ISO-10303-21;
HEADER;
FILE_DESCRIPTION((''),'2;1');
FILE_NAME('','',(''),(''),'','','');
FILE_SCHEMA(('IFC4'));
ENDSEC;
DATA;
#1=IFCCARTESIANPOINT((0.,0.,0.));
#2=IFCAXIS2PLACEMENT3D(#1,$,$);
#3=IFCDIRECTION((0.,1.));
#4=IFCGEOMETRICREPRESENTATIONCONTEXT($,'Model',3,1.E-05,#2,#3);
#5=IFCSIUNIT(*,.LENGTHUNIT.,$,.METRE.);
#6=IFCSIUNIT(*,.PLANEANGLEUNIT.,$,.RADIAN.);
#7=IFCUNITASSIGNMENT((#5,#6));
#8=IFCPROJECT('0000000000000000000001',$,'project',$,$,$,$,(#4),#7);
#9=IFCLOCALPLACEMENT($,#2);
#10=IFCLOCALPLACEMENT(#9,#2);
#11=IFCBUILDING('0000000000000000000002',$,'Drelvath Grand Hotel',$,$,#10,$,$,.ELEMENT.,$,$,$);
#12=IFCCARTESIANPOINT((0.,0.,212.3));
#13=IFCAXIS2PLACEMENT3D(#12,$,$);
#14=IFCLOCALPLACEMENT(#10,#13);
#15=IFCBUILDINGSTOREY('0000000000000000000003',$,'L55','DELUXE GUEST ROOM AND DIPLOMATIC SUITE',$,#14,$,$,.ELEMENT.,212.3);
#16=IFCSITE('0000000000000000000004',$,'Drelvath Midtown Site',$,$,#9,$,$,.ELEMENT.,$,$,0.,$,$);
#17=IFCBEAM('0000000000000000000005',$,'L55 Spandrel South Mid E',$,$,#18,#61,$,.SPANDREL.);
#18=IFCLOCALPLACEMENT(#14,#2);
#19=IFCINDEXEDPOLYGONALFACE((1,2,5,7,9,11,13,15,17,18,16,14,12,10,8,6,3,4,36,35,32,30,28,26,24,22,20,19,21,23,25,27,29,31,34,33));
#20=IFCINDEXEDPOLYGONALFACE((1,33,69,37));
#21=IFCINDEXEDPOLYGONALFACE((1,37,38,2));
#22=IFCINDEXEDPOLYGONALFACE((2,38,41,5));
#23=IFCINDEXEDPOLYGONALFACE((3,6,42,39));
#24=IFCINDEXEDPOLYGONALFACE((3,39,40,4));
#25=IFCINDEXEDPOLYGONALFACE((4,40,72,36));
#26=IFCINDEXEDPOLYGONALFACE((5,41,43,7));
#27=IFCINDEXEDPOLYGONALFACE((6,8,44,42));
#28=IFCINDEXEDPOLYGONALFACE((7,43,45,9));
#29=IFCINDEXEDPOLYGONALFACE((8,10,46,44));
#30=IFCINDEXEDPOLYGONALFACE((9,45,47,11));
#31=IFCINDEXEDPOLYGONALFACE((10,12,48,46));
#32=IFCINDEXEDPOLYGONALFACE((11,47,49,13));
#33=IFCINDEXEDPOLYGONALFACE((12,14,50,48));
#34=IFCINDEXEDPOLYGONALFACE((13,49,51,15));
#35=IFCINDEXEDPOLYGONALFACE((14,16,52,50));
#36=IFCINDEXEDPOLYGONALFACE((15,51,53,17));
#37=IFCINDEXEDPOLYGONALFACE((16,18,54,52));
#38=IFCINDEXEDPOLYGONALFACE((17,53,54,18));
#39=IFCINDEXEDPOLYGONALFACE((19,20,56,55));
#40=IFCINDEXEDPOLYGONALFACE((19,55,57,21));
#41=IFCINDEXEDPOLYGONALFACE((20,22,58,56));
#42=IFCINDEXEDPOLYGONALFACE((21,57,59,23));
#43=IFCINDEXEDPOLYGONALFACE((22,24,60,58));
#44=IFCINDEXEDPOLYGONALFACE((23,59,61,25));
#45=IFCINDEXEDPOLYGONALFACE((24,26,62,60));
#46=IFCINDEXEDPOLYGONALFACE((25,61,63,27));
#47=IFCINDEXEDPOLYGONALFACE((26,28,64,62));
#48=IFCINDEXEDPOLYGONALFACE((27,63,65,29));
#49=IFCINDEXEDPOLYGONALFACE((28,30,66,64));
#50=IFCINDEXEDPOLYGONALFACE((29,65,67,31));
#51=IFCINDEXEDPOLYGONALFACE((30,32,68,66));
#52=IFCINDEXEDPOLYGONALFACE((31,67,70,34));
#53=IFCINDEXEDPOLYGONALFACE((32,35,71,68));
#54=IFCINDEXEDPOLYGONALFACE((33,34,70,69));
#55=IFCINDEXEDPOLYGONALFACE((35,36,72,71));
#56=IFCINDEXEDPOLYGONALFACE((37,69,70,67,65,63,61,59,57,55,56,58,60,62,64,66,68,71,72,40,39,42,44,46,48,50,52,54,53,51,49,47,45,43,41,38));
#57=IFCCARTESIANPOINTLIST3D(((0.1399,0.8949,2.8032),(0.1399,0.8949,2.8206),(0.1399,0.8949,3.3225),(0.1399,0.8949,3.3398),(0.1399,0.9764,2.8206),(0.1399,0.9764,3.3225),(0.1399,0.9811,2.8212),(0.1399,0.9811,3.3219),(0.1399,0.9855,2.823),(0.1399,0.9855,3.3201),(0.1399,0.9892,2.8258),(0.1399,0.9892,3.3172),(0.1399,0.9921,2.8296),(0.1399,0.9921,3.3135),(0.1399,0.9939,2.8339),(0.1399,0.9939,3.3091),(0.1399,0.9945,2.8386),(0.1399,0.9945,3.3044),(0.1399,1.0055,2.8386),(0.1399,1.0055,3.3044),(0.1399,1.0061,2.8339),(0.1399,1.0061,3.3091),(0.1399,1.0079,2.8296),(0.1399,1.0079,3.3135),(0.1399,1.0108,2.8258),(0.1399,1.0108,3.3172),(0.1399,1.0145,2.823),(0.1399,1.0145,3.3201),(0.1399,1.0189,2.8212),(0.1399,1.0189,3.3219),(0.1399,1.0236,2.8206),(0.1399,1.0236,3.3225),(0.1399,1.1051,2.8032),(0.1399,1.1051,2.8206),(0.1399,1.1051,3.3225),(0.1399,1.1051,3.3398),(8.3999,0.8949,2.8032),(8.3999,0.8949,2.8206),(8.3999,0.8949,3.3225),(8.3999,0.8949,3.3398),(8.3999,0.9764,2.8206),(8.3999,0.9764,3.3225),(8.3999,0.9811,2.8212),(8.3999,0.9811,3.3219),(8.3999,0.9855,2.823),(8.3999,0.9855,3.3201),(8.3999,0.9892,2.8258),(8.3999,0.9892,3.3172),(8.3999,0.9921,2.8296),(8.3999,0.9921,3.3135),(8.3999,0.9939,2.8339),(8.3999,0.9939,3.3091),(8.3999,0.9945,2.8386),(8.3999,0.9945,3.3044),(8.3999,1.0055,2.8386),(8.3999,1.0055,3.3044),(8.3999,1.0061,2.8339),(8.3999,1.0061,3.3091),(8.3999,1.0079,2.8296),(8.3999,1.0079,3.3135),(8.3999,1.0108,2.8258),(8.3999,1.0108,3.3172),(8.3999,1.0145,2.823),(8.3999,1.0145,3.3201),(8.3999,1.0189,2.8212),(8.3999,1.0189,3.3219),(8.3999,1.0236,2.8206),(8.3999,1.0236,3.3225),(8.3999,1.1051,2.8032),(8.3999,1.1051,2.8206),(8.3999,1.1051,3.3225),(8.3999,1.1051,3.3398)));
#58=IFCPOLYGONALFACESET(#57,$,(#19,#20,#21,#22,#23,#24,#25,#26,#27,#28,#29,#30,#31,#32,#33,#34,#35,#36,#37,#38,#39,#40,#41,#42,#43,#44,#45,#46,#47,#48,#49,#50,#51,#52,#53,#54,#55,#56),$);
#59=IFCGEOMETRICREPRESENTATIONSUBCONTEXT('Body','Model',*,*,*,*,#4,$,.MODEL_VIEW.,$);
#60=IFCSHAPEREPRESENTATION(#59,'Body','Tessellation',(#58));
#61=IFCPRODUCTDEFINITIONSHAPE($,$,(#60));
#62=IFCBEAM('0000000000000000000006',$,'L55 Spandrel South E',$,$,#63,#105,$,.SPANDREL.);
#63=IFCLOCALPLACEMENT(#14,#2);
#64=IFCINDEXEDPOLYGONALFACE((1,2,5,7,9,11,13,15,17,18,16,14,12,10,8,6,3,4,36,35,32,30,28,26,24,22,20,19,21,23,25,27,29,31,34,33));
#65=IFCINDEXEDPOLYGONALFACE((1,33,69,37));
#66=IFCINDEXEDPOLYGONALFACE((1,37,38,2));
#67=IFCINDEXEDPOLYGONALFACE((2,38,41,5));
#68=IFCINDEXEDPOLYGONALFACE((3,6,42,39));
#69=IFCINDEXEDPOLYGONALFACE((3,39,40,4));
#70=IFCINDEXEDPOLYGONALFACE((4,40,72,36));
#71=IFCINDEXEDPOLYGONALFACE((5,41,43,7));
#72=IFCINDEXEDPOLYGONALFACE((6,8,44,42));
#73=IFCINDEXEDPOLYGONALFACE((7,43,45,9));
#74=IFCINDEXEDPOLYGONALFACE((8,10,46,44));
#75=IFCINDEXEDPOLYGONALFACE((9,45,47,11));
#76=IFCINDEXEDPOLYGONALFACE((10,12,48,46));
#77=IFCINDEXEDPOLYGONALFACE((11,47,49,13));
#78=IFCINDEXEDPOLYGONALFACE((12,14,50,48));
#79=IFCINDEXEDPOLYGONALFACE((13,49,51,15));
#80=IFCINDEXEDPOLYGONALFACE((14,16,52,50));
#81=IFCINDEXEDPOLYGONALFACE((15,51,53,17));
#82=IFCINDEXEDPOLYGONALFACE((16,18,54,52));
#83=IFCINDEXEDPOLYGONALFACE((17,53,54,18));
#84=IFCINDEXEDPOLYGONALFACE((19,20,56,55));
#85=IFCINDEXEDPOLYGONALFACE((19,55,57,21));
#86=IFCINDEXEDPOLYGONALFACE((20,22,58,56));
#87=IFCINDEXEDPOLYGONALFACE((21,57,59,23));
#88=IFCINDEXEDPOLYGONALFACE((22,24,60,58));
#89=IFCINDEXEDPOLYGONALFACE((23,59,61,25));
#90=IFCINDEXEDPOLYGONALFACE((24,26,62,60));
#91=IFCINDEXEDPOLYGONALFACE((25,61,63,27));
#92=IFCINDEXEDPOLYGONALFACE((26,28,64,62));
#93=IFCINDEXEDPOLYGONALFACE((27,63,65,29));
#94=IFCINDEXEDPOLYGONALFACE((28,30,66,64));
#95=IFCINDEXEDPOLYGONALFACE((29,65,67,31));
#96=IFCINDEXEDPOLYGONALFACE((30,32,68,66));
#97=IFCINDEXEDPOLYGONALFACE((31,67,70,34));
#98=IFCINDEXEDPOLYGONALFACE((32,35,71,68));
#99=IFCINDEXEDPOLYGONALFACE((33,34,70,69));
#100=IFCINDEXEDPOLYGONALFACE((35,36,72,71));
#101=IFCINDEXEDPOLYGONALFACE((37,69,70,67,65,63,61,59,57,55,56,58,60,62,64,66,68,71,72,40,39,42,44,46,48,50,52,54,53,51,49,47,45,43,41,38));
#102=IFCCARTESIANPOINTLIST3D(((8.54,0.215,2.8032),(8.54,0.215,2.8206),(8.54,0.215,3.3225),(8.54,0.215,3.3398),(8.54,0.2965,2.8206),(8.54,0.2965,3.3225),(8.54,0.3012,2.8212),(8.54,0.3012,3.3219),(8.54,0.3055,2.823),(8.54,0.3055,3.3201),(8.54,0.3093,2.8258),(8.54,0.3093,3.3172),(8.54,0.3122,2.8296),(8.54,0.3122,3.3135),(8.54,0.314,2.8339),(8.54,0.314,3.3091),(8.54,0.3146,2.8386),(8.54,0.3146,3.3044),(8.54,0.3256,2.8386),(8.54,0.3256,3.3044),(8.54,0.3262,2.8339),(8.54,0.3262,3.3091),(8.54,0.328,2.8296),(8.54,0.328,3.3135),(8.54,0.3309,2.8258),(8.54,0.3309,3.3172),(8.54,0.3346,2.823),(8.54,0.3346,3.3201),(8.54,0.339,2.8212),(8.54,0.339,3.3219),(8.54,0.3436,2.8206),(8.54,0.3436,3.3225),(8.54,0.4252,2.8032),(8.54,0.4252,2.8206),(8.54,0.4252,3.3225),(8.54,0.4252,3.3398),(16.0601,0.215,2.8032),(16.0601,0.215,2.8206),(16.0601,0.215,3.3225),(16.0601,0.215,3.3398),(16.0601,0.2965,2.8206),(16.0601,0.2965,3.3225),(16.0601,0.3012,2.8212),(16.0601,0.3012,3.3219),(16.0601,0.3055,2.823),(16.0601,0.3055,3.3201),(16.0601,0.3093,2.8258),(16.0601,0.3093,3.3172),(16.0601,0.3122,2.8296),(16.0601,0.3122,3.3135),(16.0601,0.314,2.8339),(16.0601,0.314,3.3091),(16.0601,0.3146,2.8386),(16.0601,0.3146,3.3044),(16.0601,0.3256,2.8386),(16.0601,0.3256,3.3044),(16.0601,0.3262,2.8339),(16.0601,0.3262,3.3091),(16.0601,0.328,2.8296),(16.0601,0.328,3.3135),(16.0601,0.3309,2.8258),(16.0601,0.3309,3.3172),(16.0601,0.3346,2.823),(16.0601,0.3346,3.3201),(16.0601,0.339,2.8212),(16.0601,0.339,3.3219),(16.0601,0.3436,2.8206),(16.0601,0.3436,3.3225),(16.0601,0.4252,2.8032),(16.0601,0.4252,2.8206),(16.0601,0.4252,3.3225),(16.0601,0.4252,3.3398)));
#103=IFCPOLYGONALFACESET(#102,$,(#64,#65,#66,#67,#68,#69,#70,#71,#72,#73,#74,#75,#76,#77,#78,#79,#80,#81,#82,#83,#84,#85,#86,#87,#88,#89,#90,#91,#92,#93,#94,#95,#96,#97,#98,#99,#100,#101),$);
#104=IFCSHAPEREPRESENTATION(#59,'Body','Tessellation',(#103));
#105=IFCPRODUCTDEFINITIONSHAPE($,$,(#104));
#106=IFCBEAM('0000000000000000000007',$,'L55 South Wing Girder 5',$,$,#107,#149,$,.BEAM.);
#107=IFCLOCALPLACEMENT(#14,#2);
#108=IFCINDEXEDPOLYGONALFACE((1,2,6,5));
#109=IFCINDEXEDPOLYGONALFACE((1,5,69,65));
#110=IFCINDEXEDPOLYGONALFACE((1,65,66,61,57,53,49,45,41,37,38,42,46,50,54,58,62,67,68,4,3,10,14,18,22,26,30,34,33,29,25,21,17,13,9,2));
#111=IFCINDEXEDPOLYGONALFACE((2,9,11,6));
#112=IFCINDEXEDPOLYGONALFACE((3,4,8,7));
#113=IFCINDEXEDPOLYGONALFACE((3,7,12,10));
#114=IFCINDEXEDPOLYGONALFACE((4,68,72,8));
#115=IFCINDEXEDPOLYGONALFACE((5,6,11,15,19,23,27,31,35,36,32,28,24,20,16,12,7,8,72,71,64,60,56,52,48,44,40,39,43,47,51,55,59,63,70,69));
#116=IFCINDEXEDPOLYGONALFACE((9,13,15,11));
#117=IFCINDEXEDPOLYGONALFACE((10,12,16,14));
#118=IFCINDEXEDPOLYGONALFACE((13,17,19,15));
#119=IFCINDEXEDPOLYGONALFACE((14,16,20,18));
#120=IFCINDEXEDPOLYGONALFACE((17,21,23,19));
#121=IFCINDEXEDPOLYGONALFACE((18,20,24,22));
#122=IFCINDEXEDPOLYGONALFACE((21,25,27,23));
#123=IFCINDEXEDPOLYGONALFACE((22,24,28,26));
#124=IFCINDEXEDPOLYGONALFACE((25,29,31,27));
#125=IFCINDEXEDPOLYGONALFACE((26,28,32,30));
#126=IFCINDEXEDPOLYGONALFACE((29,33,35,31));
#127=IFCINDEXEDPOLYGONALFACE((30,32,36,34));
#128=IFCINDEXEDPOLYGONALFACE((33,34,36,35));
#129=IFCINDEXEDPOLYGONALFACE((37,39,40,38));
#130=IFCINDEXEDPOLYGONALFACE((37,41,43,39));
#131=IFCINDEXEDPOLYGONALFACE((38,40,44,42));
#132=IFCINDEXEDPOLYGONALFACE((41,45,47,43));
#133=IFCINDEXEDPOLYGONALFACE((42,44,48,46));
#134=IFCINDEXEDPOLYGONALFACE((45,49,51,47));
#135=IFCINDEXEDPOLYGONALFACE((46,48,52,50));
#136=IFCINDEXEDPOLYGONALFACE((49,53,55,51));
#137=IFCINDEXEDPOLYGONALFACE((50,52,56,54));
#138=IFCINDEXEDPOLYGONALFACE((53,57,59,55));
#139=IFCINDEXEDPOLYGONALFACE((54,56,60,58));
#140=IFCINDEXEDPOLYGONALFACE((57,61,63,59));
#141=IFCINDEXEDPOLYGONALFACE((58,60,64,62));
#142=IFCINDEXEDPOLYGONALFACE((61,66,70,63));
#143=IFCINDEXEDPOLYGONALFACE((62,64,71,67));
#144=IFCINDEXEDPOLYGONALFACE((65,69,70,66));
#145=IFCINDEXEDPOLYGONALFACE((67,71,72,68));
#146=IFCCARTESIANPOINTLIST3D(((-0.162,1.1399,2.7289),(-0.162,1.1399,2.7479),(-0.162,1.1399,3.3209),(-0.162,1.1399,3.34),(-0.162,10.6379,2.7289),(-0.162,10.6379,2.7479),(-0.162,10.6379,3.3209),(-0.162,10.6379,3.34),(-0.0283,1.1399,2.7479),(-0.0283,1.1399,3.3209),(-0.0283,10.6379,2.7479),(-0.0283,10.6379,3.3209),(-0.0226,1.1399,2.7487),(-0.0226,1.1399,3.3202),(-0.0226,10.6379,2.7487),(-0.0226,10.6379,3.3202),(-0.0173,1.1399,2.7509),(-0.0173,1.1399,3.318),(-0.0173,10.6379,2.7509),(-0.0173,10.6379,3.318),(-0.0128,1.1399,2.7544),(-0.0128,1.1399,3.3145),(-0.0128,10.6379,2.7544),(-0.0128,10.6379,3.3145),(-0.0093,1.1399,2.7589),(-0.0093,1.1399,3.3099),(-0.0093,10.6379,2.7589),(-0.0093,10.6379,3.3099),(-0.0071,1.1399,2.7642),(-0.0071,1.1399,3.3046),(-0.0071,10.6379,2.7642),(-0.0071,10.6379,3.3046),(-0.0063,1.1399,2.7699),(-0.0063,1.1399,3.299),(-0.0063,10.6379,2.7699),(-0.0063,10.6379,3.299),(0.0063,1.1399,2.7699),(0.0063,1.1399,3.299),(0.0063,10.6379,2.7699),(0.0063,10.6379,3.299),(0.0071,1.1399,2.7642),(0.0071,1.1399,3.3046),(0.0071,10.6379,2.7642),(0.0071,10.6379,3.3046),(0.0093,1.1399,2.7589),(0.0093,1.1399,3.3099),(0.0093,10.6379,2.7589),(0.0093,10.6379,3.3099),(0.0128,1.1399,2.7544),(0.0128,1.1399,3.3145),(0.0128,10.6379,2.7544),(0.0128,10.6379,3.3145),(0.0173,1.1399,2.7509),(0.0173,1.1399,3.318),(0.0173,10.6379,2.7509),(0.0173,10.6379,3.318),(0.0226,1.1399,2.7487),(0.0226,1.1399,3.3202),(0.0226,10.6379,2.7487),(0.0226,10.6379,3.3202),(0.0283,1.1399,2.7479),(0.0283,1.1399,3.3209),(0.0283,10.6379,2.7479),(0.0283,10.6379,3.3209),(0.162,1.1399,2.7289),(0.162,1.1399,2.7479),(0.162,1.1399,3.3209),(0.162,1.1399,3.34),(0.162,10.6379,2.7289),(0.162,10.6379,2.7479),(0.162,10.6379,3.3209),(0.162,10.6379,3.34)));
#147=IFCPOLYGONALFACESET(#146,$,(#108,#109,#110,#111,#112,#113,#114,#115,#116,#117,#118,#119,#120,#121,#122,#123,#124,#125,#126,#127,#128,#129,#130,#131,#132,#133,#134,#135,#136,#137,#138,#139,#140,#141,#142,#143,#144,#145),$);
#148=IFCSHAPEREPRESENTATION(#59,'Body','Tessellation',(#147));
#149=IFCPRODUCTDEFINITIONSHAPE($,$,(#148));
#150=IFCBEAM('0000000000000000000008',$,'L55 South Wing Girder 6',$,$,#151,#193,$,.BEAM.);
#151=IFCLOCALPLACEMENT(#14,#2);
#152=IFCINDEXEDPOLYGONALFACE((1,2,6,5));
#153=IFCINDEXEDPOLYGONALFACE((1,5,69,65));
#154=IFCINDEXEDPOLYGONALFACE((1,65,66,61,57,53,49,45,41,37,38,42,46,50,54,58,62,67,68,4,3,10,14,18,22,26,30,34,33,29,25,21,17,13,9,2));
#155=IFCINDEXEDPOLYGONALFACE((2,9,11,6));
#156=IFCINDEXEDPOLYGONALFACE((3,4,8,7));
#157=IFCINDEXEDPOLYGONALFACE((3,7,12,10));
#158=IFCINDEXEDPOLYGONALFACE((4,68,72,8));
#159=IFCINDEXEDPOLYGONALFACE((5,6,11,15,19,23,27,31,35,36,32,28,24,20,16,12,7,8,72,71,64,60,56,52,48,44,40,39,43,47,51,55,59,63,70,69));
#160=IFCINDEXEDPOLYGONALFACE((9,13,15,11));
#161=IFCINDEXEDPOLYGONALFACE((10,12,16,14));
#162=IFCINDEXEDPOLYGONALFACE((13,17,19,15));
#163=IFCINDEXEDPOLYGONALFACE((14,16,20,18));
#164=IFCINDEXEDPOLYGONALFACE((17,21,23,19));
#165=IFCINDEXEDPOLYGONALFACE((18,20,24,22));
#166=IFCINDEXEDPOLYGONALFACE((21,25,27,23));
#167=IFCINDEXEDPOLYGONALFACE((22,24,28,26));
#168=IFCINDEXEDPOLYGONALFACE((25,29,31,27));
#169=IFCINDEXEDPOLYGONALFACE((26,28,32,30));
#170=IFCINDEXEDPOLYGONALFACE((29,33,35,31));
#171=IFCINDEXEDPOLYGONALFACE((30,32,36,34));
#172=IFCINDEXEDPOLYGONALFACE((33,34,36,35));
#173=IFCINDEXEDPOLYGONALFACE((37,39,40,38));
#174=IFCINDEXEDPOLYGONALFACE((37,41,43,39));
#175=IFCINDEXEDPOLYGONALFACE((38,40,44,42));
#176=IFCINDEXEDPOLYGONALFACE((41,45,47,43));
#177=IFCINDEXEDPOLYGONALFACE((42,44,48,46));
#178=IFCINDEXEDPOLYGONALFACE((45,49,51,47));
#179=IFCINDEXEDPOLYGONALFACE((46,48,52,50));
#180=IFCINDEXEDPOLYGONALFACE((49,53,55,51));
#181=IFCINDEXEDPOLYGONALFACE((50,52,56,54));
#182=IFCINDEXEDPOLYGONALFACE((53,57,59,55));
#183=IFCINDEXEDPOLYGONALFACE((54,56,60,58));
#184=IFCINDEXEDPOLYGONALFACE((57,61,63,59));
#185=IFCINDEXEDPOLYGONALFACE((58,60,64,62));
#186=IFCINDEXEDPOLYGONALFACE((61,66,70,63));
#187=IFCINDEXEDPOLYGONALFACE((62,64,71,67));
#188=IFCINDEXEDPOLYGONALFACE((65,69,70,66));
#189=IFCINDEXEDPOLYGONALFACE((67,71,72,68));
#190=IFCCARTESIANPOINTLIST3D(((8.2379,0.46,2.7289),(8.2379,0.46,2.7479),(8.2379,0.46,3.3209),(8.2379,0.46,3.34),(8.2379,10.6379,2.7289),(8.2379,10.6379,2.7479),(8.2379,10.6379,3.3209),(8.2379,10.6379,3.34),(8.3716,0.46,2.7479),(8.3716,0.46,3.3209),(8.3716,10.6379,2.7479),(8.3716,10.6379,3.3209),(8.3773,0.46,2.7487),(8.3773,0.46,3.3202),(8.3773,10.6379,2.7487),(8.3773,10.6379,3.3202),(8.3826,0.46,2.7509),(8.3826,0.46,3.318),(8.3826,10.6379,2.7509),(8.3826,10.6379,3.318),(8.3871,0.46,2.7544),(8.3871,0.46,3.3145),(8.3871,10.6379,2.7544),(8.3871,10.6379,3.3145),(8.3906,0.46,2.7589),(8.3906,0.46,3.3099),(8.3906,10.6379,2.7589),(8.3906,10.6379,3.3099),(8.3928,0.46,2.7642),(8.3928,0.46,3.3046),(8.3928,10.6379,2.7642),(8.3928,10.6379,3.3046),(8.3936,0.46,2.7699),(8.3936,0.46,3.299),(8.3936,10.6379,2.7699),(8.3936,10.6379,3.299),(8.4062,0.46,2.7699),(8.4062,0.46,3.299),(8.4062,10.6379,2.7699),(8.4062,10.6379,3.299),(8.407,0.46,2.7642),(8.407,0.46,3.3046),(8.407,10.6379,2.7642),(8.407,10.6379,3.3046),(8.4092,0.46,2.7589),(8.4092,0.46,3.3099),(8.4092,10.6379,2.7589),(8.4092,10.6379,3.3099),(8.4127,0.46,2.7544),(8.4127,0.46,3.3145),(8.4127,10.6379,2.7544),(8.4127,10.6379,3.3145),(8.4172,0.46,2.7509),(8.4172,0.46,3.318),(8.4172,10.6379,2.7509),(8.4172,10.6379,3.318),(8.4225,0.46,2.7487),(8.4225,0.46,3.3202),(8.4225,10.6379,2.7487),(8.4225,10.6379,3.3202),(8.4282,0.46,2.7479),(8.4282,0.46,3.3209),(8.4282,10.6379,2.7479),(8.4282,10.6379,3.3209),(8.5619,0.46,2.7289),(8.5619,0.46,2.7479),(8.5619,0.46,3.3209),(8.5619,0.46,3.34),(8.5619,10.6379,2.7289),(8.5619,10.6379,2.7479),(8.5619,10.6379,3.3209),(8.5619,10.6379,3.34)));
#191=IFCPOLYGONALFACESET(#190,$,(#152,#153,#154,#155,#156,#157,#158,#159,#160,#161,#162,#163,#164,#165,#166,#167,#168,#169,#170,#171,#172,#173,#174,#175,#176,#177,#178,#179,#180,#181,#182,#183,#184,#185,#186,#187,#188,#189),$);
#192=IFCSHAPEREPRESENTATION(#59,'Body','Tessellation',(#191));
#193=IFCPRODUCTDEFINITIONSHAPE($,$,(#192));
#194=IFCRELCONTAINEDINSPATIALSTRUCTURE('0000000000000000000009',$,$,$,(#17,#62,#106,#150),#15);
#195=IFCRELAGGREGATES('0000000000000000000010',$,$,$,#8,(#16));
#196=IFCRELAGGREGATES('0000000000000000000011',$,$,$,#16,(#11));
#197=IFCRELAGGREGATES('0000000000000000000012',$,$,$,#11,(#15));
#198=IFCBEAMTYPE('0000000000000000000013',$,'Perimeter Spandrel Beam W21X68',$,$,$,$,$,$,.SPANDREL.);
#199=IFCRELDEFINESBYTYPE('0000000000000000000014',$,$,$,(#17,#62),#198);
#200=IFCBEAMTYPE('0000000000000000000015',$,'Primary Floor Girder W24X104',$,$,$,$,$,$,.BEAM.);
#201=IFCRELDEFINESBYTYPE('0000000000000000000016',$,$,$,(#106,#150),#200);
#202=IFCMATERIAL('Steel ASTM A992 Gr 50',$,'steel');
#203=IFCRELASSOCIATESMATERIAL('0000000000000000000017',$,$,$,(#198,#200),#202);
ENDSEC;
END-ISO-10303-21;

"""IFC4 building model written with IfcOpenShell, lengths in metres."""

from ifc_helpers import new_model, si_unit, direction, frame, origin, origin_2d, place, context, subcontext, project, spatial, i_section, extrude, material, material_profile, profile_set, type_object, element, save


model = new_model("IFC4")

# Units and contexts
model_context = context("Model", 3, precision=1e-05, world=origin(), true_north=direction((0.0, 1.0)))
body_context = subcontext(model_context, "Body", "Model", "MODEL_VIEW")
ifc_project = project(units=[si_unit("LENGTHUNIT", "METRE"), si_unit("PLANEANGLEUNIT", "RADIAN")], contexts=[model_context])

# Site, building, storey
site_placement = place(None, origin())
site = spatial("IfcSite", under=ifc_project, at=site_placement, Name="Drelvath Midtown Site", CompositionType="ELEMENT", RefElevation=0.0)
building_placement = place(site_placement, origin())
building = spatial("IfcBuilding", under=site, at=building_placement, Name="Drelvath Grand Hotel", CompositionType="ELEMENT")
storey_placement = place(building_placement, frame((0.0, 0.0, 212.3)))
storey = spatial("IfcBuildingStorey", under=building, at=storey_placement, Name="L55", Description="DELUXE GUEST ROOM AND DIPLOMATIC SUITE", CompositionType="ELEMENT", Elevation=212.3)

# Beams
ifc_material_1 = material(Name="Steel ASTM A992 Gr 50", Category="steel")
ifc_material_profile_1 = material_profile(ifc_material_1, i_section(OverallWidth=0.2102, OverallDepth=0.5366, WebThickness=0.011, FlangeThickness=0.0173, FilletRadius=0.0181, at=origin_2d()), Name="W21X68")
ifc_profile_set_1 = profile_set([ifc_material_profile_1], Name="Steel ASTM A992 Gr 50")
beam_type_1 = type_object("IfcBeamType", Name="Perimeter Spandrel Beam W21X68", PredefinedType="SPANDREL", material=ifc_profile_set_1)
beam_1_placement = place(storey_placement, frame((0.1399, 1.0, 3.0715), z_axis=(1.0, 0.0, 0.0), x_axis=(0.0, 1.0, 0.0)))
element("IfcBeam", 1, at=beam_1_placement, inside=storey, type_object=beam_type_1, Name="L55 Spandrel South Mid E", PredefinedType="SPANDREL", context=body_context, shape_type="SweptSolid", body=[
    extrude(i_section(OverallWidth=0.2102, OverallDepth=0.5366, WebThickness=0.011, FlangeThickness=0.0173, FilletRadius=0.0181, at=origin_2d()), origin(), (0.0, 0.0, 1.0), 8.26),
])
beam_2_placement = place(storey_placement, frame((8.54, 0.3201, 3.0715), z_axis=(1.0, 0.0, 0.0), x_axis=(0.0, 1.0, 0.0)))
element("IfcBeam", 2, at=beam_2_placement, inside=storey, type_object=beam_type_1, Name="L55 Spandrel South E", PredefinedType="SPANDREL", context=body_context, shape_type="SweptSolid", body=[
    extrude(i_section(OverallWidth=0.2102, OverallDepth=0.5366, WebThickness=0.011, FlangeThickness=0.0173, FilletRadius=0.0181, at=origin_2d()), origin(), (0.0, 0.0, 1.0), 7.52),
])
ifc_material_profile_2 = material_profile(ifc_material_1, i_section(OverallWidth=0.324, OverallDepth=0.6111, WebThickness=0.0127, FlangeThickness=0.019, FilletRadius=0.022, at=origin_2d()), Name="W24X104")
ifc_profile_set_2 = profile_set([ifc_material_profile_2], Name="Steel ASTM A992 Gr 50")
beam_type_2 = type_object("IfcBeamType", Name="Primary Floor Girder W24X104", PredefinedType="BEAM", material=ifc_profile_set_2)
beam_3_placement = place(storey_placement, frame((0.0, 1.1399, 3.0344), z_axis=(0.0, 1.0, 0.0), x_axis=(-1.0, 0.0, 0.0)))
element("IfcBeam", 3, at=beam_3_placement, inside=storey, type_object=beam_type_2, Name="L55 South Wing Girder 5", PredefinedType="BEAM", context=body_context, shape_type="SweptSolid", body=[
    extrude(i_section(OverallWidth=0.324, OverallDepth=0.6111, WebThickness=0.0127, FlangeThickness=0.019, FilletRadius=0.022, at=origin_2d()), origin(), (0.0, 0.0, 1.0), 9.498),
])
beam_4_placement = place(storey_placement, frame((8.3999, 0.46, 3.0344), z_axis=(0.0, 1.0, 0.0), x_axis=(-1.0, 0.0, 0.0)))
element("IfcBeam", 4, at=beam_4_placement, inside=storey, type_object=beam_type_2, Name="L55 South Wing Girder 6", PredefinedType="BEAM", context=body_context, shape_type="SweptSolid", body=[
    extrude(i_section(OverallWidth=0.324, OverallDepth=0.6111, WebThickness=0.0127, FlangeThickness=0.019, FilletRadius=0.022, at=origin_2d()), origin(), (0.0, 0.0, 1.0), 10.178),
])

save(model, "model.ifc")
